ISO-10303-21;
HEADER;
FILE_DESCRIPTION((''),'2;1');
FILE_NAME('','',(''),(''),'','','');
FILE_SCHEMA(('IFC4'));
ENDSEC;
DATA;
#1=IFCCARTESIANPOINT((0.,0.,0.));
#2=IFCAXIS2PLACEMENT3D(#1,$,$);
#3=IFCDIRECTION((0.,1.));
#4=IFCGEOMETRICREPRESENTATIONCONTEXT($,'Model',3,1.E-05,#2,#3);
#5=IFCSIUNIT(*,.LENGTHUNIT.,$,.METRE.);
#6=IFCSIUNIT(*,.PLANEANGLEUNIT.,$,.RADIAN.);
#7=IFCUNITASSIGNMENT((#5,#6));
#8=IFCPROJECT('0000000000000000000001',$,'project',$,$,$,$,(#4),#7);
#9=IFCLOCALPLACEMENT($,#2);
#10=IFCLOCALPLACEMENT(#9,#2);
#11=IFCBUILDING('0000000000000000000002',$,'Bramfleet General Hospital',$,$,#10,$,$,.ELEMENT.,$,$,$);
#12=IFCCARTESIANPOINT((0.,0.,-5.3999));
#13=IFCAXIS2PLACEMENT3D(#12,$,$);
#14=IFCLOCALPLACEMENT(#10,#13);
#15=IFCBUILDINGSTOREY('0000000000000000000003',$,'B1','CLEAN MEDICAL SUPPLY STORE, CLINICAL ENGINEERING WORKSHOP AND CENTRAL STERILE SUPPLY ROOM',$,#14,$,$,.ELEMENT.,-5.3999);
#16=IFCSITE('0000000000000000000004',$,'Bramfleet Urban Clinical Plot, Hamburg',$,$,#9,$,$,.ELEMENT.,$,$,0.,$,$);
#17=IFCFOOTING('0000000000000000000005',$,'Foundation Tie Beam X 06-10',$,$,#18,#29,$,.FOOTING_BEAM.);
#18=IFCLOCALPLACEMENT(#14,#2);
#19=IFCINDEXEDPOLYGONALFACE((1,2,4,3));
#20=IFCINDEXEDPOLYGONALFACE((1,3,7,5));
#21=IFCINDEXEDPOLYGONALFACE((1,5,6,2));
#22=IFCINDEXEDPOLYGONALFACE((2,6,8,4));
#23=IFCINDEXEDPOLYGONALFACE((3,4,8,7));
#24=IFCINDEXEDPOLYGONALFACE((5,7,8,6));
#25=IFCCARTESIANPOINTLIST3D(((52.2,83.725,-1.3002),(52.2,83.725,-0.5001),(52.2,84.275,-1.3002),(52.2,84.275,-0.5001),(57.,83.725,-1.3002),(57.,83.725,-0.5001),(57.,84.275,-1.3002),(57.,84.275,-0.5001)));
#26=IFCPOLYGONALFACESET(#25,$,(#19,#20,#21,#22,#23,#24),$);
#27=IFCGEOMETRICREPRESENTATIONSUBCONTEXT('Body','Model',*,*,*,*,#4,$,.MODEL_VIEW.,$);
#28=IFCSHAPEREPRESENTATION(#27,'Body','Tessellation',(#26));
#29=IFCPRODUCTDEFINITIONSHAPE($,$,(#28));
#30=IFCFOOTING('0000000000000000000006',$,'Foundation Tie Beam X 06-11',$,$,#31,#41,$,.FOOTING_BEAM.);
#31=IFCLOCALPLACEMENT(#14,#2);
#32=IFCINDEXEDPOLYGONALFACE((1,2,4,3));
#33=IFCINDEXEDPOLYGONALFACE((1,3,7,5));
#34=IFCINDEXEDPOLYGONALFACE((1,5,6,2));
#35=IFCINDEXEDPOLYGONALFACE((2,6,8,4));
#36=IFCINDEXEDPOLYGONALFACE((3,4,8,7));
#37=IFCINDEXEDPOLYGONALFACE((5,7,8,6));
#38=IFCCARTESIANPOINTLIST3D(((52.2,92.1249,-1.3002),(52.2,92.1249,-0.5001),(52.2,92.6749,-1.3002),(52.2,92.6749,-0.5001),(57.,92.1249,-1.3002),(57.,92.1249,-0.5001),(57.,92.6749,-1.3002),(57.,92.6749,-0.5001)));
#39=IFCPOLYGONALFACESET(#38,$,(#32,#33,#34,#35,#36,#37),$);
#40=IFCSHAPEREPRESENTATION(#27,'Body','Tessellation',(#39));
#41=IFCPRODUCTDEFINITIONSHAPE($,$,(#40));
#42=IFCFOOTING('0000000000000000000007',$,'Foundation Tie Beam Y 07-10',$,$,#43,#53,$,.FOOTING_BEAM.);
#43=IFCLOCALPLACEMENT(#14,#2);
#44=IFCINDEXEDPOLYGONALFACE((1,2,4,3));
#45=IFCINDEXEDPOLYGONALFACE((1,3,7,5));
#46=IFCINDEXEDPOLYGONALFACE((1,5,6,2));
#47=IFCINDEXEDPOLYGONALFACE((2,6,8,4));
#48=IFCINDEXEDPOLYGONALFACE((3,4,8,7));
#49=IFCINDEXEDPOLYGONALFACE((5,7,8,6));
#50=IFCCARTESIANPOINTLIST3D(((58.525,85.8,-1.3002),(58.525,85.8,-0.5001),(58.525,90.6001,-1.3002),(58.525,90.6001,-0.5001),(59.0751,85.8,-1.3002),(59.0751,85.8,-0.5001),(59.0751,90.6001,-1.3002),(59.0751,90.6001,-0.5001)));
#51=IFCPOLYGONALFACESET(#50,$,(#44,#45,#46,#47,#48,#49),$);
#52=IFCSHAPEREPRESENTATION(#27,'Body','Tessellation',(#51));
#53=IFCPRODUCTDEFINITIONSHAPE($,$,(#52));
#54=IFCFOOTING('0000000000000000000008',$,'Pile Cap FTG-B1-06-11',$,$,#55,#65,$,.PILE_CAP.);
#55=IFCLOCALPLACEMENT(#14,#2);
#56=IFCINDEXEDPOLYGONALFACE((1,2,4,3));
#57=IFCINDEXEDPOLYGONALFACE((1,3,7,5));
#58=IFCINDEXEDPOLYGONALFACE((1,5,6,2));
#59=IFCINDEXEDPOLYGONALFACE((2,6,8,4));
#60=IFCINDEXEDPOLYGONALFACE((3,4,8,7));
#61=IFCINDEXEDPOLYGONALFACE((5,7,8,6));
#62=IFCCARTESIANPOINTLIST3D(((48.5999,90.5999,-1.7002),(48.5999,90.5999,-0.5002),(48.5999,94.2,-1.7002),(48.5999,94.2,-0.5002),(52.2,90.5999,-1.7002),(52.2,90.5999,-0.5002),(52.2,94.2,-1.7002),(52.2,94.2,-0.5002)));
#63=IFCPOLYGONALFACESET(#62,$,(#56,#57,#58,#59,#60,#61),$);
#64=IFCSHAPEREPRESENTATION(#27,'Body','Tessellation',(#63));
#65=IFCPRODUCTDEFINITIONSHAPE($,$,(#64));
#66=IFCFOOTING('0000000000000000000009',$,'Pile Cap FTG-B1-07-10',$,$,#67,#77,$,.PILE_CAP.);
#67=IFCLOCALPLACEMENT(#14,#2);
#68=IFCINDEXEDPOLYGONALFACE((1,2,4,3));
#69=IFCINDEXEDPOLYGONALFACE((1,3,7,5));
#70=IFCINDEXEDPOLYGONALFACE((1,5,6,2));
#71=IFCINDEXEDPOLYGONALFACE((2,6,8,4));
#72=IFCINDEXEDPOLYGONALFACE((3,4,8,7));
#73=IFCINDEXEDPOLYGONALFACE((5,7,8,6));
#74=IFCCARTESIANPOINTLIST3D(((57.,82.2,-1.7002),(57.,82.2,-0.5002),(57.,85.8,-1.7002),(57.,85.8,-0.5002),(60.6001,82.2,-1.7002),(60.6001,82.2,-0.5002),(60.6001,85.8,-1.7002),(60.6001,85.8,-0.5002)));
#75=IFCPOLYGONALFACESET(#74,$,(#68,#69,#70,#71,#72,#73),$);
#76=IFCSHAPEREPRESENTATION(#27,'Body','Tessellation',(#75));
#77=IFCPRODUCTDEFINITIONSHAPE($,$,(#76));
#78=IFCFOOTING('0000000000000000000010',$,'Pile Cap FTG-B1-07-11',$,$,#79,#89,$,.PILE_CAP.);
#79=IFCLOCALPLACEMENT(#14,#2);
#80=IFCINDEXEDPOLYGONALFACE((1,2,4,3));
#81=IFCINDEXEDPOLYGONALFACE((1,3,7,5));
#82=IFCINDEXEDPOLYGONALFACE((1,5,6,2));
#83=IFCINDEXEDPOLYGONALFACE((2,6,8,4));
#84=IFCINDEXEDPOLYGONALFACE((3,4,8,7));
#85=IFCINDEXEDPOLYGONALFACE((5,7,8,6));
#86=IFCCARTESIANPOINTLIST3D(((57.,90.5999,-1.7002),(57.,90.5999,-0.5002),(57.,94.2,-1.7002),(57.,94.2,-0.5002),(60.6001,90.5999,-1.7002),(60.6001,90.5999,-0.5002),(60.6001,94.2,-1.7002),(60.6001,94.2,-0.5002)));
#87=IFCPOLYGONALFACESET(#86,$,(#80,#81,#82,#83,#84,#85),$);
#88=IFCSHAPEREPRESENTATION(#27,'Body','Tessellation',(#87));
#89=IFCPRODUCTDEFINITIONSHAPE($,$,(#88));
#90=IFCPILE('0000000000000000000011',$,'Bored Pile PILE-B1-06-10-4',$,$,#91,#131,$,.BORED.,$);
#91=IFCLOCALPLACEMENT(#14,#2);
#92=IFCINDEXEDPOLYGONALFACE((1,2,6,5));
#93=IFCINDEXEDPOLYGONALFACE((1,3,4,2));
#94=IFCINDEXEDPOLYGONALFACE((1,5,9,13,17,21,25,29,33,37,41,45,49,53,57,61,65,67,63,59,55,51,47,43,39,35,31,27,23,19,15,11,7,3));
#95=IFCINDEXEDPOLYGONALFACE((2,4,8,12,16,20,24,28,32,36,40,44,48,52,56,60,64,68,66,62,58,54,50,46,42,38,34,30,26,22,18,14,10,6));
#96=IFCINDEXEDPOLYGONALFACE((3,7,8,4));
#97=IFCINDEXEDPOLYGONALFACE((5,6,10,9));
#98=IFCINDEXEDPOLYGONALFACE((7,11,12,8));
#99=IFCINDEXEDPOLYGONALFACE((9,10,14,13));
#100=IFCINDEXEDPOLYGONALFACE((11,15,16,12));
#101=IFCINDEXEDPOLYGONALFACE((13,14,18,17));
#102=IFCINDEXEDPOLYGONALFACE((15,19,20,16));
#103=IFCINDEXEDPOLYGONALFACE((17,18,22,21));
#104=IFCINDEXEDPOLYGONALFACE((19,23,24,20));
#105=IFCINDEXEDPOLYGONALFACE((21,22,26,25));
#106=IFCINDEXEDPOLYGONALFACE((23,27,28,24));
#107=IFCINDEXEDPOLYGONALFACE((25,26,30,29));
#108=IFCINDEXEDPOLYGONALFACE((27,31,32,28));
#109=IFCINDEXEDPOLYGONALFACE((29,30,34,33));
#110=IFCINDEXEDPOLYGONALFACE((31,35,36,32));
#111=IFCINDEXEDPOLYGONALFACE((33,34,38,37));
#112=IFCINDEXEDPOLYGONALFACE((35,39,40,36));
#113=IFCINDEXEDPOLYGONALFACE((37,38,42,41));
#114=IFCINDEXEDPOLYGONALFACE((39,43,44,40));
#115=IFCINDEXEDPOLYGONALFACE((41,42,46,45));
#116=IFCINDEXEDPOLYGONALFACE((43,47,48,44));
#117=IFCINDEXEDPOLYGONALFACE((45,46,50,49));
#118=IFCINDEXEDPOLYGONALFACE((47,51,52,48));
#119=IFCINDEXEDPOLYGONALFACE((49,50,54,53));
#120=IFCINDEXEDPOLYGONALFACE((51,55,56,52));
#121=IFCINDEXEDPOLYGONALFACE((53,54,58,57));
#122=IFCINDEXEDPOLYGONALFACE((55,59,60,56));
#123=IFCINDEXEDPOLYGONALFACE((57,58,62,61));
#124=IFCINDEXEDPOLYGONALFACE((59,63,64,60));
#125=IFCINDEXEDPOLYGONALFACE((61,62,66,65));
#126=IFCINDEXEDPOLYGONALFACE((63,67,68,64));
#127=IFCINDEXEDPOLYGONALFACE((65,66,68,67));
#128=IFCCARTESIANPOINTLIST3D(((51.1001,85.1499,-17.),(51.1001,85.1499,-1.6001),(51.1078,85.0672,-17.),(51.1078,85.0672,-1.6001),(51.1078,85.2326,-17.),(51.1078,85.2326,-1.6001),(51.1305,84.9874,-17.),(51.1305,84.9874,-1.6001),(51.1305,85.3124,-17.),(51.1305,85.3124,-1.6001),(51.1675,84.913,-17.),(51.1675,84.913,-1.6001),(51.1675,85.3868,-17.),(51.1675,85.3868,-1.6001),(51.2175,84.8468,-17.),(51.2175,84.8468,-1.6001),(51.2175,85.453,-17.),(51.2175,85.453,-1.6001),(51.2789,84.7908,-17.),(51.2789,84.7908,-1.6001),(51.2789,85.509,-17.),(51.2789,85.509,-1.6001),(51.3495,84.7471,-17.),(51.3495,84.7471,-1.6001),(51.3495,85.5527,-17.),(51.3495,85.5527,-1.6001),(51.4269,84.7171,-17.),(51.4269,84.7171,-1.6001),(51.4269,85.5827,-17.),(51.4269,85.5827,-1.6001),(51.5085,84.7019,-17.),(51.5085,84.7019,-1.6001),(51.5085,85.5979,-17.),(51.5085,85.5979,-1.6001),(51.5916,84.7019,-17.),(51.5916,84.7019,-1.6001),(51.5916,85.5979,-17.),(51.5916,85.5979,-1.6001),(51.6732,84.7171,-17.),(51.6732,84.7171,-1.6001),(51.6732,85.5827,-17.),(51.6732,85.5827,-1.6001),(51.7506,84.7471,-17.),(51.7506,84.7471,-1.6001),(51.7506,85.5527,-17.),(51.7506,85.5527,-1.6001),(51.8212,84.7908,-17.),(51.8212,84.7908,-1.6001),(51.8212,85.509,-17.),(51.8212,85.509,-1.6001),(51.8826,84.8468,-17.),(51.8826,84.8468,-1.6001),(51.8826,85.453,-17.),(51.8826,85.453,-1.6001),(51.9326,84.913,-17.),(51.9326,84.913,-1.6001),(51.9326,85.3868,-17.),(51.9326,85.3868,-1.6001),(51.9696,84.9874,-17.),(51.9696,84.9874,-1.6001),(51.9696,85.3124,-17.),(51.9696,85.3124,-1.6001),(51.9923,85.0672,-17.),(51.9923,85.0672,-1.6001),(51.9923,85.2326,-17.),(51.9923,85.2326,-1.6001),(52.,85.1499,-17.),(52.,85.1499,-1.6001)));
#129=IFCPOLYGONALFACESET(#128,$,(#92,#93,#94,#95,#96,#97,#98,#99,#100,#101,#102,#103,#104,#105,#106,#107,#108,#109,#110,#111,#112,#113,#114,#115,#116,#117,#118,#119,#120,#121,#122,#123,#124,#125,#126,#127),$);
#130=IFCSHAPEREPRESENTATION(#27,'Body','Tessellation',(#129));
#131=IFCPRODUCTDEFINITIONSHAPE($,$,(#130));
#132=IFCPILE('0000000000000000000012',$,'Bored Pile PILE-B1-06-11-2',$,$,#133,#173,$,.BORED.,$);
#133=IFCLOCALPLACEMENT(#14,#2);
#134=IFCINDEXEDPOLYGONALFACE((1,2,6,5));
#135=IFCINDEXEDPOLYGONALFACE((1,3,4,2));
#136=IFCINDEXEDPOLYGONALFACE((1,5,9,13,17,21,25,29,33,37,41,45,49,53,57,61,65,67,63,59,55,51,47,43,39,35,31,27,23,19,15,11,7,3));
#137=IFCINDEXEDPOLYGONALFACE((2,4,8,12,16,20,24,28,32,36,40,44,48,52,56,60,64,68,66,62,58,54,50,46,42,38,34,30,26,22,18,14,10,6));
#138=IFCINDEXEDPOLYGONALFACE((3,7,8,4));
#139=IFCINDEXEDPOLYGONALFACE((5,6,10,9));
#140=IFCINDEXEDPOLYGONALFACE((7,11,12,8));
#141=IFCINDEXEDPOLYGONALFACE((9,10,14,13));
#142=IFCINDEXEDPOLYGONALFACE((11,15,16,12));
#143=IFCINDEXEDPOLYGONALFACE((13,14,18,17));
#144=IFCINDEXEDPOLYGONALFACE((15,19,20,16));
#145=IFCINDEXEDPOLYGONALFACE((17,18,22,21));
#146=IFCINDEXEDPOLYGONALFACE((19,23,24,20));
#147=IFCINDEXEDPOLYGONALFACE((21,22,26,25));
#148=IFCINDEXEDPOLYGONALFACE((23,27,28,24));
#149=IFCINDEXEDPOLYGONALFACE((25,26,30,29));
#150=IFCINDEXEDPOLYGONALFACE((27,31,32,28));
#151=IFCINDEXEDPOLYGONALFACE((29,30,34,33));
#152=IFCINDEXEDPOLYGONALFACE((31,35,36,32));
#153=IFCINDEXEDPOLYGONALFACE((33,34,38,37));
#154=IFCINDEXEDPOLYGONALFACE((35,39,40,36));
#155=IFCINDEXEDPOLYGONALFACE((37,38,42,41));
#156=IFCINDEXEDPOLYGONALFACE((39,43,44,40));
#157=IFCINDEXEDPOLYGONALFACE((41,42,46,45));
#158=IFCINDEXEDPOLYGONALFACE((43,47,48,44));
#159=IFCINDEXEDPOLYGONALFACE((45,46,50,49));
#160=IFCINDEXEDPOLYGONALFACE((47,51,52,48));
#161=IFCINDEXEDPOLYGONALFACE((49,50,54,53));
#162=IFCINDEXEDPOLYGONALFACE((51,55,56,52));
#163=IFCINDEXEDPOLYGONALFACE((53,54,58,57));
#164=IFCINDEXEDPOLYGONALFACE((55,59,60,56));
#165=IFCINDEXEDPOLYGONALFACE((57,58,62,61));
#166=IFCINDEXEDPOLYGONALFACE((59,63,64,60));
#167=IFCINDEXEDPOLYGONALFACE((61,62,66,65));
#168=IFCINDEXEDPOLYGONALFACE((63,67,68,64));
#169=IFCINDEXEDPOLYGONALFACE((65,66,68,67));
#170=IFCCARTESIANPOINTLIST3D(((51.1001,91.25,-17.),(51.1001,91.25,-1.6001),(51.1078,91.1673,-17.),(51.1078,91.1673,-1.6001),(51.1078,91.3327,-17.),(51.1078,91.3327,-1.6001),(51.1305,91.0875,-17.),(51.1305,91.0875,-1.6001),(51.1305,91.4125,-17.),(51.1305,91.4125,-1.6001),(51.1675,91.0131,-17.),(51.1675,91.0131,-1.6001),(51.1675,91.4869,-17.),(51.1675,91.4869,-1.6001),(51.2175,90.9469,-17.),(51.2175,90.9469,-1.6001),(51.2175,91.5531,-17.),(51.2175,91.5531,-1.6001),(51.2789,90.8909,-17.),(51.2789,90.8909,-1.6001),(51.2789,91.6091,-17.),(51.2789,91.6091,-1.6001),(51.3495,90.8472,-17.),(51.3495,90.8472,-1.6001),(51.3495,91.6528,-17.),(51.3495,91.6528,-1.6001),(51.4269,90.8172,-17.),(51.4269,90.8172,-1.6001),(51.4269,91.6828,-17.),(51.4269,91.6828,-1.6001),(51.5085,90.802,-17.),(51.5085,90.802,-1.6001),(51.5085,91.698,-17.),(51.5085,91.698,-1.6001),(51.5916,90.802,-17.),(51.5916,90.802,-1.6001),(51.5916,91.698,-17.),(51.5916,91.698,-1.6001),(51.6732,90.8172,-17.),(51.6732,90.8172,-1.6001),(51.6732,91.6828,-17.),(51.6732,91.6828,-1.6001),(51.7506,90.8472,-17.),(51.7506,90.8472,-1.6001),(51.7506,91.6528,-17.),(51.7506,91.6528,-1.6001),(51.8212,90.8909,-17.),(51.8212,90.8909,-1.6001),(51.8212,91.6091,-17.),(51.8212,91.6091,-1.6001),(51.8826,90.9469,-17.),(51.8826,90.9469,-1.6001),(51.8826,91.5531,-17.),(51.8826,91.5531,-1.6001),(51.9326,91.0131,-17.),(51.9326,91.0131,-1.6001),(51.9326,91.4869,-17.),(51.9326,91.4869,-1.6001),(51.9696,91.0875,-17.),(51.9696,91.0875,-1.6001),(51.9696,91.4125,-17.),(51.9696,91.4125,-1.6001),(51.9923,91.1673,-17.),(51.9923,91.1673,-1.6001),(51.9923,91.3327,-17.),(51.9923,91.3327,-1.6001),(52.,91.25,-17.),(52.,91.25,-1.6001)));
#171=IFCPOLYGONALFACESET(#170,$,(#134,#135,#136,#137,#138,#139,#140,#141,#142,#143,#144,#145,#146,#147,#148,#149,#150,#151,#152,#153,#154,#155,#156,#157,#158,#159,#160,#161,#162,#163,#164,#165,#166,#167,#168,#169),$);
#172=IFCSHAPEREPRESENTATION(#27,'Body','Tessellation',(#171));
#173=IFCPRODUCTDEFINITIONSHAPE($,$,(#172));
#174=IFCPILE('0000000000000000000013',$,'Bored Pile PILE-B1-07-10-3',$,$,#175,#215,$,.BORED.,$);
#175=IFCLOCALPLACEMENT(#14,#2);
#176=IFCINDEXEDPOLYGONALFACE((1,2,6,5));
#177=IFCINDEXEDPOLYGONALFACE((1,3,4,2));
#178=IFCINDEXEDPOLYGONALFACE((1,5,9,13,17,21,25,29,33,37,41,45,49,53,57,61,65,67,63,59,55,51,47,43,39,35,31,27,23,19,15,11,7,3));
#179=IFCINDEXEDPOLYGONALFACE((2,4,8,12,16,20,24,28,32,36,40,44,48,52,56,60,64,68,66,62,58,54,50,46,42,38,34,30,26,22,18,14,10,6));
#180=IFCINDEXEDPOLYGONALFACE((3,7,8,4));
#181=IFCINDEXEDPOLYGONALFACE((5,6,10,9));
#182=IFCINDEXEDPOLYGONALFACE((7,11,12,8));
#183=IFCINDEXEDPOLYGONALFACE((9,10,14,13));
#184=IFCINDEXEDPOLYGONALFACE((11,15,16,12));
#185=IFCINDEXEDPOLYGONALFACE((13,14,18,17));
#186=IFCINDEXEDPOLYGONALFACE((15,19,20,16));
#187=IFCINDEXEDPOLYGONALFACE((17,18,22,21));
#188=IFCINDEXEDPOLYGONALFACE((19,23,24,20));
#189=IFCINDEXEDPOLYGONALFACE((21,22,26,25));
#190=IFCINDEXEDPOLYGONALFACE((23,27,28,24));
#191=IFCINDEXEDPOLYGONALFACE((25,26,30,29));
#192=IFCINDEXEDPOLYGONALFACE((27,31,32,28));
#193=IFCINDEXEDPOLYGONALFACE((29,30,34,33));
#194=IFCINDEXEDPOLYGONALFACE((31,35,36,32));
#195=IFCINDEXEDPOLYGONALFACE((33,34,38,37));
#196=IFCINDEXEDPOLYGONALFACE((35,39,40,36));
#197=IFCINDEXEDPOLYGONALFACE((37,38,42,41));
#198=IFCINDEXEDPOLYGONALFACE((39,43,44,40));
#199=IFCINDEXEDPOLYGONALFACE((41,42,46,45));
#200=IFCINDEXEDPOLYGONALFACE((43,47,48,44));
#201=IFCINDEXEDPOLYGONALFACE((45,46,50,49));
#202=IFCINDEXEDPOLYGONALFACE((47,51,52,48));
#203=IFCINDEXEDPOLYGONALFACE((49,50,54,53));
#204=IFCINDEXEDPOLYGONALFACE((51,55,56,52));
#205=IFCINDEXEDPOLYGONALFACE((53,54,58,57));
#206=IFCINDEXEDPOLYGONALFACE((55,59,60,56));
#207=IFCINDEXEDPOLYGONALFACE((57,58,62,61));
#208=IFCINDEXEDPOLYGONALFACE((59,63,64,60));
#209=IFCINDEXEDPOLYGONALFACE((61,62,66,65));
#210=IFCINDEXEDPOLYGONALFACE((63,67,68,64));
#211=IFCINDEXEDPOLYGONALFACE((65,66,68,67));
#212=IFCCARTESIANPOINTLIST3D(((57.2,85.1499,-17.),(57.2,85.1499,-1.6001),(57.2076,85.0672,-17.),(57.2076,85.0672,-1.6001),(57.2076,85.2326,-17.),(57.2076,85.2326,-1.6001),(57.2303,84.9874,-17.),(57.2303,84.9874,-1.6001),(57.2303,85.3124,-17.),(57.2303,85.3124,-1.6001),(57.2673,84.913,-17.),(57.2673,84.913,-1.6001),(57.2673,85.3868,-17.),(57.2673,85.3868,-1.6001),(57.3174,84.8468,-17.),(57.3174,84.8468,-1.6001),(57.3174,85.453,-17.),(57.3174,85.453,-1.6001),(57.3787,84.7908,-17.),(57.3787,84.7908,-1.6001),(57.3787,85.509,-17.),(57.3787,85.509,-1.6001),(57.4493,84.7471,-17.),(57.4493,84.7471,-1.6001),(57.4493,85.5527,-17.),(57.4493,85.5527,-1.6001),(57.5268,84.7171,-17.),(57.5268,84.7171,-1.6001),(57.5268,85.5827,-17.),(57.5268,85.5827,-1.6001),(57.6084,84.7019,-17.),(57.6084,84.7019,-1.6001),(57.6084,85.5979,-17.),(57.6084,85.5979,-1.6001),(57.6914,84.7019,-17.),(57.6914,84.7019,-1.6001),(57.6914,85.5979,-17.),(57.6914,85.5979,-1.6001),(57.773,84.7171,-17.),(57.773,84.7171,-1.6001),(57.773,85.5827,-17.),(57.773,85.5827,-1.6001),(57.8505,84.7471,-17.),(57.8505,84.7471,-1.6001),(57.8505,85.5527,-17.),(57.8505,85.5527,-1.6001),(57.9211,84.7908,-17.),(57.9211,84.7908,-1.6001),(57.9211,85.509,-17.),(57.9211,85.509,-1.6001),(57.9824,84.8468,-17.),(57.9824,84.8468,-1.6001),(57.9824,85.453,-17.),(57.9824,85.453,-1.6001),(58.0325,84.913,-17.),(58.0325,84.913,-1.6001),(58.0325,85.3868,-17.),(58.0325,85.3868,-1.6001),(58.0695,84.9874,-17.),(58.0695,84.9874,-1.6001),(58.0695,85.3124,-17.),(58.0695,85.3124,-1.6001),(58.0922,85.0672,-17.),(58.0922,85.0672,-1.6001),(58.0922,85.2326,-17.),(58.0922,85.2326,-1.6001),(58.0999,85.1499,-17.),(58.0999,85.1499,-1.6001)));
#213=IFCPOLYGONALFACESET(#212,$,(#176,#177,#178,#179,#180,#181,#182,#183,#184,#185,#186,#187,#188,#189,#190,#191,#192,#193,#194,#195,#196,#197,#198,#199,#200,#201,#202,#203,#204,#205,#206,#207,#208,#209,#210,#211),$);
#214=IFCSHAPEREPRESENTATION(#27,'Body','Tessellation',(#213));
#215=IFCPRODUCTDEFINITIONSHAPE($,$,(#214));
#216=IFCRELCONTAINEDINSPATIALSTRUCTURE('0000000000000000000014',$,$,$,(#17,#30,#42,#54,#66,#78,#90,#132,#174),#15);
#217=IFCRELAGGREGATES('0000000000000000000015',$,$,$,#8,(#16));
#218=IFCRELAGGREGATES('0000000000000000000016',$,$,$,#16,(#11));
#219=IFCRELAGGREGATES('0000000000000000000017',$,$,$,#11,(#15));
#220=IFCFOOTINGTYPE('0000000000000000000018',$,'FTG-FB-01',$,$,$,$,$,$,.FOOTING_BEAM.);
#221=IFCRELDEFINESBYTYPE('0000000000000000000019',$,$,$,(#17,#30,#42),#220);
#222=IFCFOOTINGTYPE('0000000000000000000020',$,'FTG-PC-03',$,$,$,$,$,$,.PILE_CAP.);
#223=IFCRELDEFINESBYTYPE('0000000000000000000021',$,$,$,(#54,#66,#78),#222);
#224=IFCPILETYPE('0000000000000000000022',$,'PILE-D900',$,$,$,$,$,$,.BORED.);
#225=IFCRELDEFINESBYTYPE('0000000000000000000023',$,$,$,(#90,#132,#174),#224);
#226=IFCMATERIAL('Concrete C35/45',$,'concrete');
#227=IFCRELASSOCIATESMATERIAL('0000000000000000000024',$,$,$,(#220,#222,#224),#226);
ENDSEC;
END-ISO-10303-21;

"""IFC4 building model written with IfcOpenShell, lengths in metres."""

from ifc_helpers import new_model, si_unit, direction, frame, origin, origin_2d, place, context, subcontext, project, spatial, rectangle, circle, extrude, material, material_profile, profile_set, type_object, element, save


model = new_model("IFC4")

# Units and contexts
model_context = context("Model", 3, precision=1e-05, world=origin(), true_north=direction((0.0, 1.0)))
body_context = subcontext(model_context, "Body", "Model", "MODEL_VIEW")
ifc_project = project(units=[si_unit("LENGTHUNIT", "METRE"), si_unit("PLANEANGLEUNIT", "RADIAN")], contexts=[model_context])

# Site, building, storey
site_placement = place(None, origin())
site = spatial("IfcSite", under=ifc_project, at=site_placement, Name="Bramfleet Urban Clinical Plot, Hamburg", CompositionType="ELEMENT", RefElevation=0.0)
building_placement = place(site_placement, origin())
building = spatial("IfcBuilding", under=site, at=building_placement, Name="Bramfleet General Hospital", CompositionType="ELEMENT")
storey_placement = place(building_placement, frame((0.0, 0.0, -5.3999)))
storey = spatial("IfcBuildingStorey", under=building, at=storey_placement, Name="B1", Description="CLEAN MEDICAL SUPPLY STORE, CLINICAL ENGINEERING WORKSHOP AND CENTRAL STERILE SUPPLY ROOM", CompositionType="ELEMENT", Elevation=-5.3999)

# Footings
ifc_material_1 = material(Name="Concrete C35/45", Category="concrete")
ifc_material_profile_1 = material_profile(ifc_material_1, rectangle(XDim=0.55, YDim=0.8, at=origin_2d()), Name="RC FB 800x550")
ifc_profile_set_1 = profile_set([ifc_material_profile_1], Name="Concrete C35/45")
footing_type_1 = type_object("IfcFootingType", Name="FTG-FB-01", PredefinedType="FOOTING_BEAM", material=ifc_profile_set_1)
for number, where, z_axis, x_axis, name in (
    (1, (52.2, 84.0, -0.9001), (1.0, 0.0, 0.0), (0.0, 1.0, 0.0), "Foundation Tie Beam X 06-10"),
    (2, (52.2, 92.3999, -0.9001), (1.0, 0.0, 0.0), (0.0, 1.0, 0.0), "Foundation Tie Beam X 06-11"),
    (3, (58.8, 85.8, -0.9001), (0.0, 1.0, 0.0), (-1.0, 0.0, 0.0), "Foundation Tie Beam Y 07-10"),
):
    element("IfcFooting", number, at=place(storey_placement, frame(where, z_axis=z_axis, x_axis=x_axis)), inside=storey, type_object=footing_type_1, Name=name, PredefinedType="FOOTING_BEAM", context=body_context, shape_type="SweptSolid", body=[
        extrude(rectangle(XDim=0.55, YDim=0.8, at=origin_2d()), origin(), (0.0, 0.0, 1.0), 4.8),
    ])
footing_type_2 = type_object("IfcFootingType", Name="FTG-PC-03", PredefinedType="PILE_CAP", material=ifc_material_1)
for number, where, z_axis, x_axis, name in (
    (4, (50.3999, 92.3999, -1.7002), (0.0, 0.0, 1.0), (1.0, 0.0, 0.0), "Pile Cap FTG-B1-06-11"),
    (5, (58.8, 84.0, -1.7002), (0.0, 0.0, 1.0), (1.0, 0.0, 0.0), "Pile Cap FTG-B1-07-10"),
    (6, (58.8, 92.3999, -1.7002), (0.0, 0.0, 1.0), (1.0, 0.0, 0.0), "Pile Cap FTG-B1-07-11"),
):
    element("IfcFooting", number, at=place(storey_placement, frame(where, z_axis=z_axis, x_axis=x_axis)), inside=storey, type_object=footing_type_2, Name=name, PredefinedType="PILE_CAP", context=body_context, shape_type="SweptSolid", body=[
        extrude(rectangle(XDim=3.6001, YDim=3.6001, at=origin_2d()), origin(), (0.0, 0.0, 1.0), 1.2),
    ])

# Piles
ifc_material_profile_2 = material_profile(ifc_material_1, circle(Radius=0.45, at=origin_2d()), Name="PILE BORED D900")
ifc_profile_set_2 = profile_set([ifc_material_profile_2], Name="Concrete C35/45")
pile_type = type_object("IfcPileType", Name="PILE-D900", PredefinedType="BORED", material=ifc_profile_set_2)
for number, where, z_axis, x_axis, name in (
    (7, (51.55, 85.1499, -1.6001), (0.0, 0.0, -1.0), (1.0, 0.0, 0.0), "Bored Pile PILE-B1-06-10-4"),
    (8, (51.55, 91.25, -1.6001), (0.0, 0.0, -1.0), (1.0, 0.0, 0.0), "Bored Pile PILE-B1-06-11-2"),
    (9, (57.6499, 85.1499, -1.6001), (0.0, 0.0, -1.0), (1.0, 0.0, 0.0), "Bored Pile PILE-B1-07-10-3"),
):
    element("IfcPile", number, at=place(storey_placement, frame(where, z_axis=z_axis, x_axis=x_axis)), inside=storey, type_object=pile_type, Name=name, PredefinedType="BORED", context=body_context, shape_type="SweptSolid", body=[
        extrude(circle(Radius=0.45, at=origin_2d()), origin(), (0.0, 0.0, 1.0), 15.3999),
    ])

save(model, "model.ifc")
